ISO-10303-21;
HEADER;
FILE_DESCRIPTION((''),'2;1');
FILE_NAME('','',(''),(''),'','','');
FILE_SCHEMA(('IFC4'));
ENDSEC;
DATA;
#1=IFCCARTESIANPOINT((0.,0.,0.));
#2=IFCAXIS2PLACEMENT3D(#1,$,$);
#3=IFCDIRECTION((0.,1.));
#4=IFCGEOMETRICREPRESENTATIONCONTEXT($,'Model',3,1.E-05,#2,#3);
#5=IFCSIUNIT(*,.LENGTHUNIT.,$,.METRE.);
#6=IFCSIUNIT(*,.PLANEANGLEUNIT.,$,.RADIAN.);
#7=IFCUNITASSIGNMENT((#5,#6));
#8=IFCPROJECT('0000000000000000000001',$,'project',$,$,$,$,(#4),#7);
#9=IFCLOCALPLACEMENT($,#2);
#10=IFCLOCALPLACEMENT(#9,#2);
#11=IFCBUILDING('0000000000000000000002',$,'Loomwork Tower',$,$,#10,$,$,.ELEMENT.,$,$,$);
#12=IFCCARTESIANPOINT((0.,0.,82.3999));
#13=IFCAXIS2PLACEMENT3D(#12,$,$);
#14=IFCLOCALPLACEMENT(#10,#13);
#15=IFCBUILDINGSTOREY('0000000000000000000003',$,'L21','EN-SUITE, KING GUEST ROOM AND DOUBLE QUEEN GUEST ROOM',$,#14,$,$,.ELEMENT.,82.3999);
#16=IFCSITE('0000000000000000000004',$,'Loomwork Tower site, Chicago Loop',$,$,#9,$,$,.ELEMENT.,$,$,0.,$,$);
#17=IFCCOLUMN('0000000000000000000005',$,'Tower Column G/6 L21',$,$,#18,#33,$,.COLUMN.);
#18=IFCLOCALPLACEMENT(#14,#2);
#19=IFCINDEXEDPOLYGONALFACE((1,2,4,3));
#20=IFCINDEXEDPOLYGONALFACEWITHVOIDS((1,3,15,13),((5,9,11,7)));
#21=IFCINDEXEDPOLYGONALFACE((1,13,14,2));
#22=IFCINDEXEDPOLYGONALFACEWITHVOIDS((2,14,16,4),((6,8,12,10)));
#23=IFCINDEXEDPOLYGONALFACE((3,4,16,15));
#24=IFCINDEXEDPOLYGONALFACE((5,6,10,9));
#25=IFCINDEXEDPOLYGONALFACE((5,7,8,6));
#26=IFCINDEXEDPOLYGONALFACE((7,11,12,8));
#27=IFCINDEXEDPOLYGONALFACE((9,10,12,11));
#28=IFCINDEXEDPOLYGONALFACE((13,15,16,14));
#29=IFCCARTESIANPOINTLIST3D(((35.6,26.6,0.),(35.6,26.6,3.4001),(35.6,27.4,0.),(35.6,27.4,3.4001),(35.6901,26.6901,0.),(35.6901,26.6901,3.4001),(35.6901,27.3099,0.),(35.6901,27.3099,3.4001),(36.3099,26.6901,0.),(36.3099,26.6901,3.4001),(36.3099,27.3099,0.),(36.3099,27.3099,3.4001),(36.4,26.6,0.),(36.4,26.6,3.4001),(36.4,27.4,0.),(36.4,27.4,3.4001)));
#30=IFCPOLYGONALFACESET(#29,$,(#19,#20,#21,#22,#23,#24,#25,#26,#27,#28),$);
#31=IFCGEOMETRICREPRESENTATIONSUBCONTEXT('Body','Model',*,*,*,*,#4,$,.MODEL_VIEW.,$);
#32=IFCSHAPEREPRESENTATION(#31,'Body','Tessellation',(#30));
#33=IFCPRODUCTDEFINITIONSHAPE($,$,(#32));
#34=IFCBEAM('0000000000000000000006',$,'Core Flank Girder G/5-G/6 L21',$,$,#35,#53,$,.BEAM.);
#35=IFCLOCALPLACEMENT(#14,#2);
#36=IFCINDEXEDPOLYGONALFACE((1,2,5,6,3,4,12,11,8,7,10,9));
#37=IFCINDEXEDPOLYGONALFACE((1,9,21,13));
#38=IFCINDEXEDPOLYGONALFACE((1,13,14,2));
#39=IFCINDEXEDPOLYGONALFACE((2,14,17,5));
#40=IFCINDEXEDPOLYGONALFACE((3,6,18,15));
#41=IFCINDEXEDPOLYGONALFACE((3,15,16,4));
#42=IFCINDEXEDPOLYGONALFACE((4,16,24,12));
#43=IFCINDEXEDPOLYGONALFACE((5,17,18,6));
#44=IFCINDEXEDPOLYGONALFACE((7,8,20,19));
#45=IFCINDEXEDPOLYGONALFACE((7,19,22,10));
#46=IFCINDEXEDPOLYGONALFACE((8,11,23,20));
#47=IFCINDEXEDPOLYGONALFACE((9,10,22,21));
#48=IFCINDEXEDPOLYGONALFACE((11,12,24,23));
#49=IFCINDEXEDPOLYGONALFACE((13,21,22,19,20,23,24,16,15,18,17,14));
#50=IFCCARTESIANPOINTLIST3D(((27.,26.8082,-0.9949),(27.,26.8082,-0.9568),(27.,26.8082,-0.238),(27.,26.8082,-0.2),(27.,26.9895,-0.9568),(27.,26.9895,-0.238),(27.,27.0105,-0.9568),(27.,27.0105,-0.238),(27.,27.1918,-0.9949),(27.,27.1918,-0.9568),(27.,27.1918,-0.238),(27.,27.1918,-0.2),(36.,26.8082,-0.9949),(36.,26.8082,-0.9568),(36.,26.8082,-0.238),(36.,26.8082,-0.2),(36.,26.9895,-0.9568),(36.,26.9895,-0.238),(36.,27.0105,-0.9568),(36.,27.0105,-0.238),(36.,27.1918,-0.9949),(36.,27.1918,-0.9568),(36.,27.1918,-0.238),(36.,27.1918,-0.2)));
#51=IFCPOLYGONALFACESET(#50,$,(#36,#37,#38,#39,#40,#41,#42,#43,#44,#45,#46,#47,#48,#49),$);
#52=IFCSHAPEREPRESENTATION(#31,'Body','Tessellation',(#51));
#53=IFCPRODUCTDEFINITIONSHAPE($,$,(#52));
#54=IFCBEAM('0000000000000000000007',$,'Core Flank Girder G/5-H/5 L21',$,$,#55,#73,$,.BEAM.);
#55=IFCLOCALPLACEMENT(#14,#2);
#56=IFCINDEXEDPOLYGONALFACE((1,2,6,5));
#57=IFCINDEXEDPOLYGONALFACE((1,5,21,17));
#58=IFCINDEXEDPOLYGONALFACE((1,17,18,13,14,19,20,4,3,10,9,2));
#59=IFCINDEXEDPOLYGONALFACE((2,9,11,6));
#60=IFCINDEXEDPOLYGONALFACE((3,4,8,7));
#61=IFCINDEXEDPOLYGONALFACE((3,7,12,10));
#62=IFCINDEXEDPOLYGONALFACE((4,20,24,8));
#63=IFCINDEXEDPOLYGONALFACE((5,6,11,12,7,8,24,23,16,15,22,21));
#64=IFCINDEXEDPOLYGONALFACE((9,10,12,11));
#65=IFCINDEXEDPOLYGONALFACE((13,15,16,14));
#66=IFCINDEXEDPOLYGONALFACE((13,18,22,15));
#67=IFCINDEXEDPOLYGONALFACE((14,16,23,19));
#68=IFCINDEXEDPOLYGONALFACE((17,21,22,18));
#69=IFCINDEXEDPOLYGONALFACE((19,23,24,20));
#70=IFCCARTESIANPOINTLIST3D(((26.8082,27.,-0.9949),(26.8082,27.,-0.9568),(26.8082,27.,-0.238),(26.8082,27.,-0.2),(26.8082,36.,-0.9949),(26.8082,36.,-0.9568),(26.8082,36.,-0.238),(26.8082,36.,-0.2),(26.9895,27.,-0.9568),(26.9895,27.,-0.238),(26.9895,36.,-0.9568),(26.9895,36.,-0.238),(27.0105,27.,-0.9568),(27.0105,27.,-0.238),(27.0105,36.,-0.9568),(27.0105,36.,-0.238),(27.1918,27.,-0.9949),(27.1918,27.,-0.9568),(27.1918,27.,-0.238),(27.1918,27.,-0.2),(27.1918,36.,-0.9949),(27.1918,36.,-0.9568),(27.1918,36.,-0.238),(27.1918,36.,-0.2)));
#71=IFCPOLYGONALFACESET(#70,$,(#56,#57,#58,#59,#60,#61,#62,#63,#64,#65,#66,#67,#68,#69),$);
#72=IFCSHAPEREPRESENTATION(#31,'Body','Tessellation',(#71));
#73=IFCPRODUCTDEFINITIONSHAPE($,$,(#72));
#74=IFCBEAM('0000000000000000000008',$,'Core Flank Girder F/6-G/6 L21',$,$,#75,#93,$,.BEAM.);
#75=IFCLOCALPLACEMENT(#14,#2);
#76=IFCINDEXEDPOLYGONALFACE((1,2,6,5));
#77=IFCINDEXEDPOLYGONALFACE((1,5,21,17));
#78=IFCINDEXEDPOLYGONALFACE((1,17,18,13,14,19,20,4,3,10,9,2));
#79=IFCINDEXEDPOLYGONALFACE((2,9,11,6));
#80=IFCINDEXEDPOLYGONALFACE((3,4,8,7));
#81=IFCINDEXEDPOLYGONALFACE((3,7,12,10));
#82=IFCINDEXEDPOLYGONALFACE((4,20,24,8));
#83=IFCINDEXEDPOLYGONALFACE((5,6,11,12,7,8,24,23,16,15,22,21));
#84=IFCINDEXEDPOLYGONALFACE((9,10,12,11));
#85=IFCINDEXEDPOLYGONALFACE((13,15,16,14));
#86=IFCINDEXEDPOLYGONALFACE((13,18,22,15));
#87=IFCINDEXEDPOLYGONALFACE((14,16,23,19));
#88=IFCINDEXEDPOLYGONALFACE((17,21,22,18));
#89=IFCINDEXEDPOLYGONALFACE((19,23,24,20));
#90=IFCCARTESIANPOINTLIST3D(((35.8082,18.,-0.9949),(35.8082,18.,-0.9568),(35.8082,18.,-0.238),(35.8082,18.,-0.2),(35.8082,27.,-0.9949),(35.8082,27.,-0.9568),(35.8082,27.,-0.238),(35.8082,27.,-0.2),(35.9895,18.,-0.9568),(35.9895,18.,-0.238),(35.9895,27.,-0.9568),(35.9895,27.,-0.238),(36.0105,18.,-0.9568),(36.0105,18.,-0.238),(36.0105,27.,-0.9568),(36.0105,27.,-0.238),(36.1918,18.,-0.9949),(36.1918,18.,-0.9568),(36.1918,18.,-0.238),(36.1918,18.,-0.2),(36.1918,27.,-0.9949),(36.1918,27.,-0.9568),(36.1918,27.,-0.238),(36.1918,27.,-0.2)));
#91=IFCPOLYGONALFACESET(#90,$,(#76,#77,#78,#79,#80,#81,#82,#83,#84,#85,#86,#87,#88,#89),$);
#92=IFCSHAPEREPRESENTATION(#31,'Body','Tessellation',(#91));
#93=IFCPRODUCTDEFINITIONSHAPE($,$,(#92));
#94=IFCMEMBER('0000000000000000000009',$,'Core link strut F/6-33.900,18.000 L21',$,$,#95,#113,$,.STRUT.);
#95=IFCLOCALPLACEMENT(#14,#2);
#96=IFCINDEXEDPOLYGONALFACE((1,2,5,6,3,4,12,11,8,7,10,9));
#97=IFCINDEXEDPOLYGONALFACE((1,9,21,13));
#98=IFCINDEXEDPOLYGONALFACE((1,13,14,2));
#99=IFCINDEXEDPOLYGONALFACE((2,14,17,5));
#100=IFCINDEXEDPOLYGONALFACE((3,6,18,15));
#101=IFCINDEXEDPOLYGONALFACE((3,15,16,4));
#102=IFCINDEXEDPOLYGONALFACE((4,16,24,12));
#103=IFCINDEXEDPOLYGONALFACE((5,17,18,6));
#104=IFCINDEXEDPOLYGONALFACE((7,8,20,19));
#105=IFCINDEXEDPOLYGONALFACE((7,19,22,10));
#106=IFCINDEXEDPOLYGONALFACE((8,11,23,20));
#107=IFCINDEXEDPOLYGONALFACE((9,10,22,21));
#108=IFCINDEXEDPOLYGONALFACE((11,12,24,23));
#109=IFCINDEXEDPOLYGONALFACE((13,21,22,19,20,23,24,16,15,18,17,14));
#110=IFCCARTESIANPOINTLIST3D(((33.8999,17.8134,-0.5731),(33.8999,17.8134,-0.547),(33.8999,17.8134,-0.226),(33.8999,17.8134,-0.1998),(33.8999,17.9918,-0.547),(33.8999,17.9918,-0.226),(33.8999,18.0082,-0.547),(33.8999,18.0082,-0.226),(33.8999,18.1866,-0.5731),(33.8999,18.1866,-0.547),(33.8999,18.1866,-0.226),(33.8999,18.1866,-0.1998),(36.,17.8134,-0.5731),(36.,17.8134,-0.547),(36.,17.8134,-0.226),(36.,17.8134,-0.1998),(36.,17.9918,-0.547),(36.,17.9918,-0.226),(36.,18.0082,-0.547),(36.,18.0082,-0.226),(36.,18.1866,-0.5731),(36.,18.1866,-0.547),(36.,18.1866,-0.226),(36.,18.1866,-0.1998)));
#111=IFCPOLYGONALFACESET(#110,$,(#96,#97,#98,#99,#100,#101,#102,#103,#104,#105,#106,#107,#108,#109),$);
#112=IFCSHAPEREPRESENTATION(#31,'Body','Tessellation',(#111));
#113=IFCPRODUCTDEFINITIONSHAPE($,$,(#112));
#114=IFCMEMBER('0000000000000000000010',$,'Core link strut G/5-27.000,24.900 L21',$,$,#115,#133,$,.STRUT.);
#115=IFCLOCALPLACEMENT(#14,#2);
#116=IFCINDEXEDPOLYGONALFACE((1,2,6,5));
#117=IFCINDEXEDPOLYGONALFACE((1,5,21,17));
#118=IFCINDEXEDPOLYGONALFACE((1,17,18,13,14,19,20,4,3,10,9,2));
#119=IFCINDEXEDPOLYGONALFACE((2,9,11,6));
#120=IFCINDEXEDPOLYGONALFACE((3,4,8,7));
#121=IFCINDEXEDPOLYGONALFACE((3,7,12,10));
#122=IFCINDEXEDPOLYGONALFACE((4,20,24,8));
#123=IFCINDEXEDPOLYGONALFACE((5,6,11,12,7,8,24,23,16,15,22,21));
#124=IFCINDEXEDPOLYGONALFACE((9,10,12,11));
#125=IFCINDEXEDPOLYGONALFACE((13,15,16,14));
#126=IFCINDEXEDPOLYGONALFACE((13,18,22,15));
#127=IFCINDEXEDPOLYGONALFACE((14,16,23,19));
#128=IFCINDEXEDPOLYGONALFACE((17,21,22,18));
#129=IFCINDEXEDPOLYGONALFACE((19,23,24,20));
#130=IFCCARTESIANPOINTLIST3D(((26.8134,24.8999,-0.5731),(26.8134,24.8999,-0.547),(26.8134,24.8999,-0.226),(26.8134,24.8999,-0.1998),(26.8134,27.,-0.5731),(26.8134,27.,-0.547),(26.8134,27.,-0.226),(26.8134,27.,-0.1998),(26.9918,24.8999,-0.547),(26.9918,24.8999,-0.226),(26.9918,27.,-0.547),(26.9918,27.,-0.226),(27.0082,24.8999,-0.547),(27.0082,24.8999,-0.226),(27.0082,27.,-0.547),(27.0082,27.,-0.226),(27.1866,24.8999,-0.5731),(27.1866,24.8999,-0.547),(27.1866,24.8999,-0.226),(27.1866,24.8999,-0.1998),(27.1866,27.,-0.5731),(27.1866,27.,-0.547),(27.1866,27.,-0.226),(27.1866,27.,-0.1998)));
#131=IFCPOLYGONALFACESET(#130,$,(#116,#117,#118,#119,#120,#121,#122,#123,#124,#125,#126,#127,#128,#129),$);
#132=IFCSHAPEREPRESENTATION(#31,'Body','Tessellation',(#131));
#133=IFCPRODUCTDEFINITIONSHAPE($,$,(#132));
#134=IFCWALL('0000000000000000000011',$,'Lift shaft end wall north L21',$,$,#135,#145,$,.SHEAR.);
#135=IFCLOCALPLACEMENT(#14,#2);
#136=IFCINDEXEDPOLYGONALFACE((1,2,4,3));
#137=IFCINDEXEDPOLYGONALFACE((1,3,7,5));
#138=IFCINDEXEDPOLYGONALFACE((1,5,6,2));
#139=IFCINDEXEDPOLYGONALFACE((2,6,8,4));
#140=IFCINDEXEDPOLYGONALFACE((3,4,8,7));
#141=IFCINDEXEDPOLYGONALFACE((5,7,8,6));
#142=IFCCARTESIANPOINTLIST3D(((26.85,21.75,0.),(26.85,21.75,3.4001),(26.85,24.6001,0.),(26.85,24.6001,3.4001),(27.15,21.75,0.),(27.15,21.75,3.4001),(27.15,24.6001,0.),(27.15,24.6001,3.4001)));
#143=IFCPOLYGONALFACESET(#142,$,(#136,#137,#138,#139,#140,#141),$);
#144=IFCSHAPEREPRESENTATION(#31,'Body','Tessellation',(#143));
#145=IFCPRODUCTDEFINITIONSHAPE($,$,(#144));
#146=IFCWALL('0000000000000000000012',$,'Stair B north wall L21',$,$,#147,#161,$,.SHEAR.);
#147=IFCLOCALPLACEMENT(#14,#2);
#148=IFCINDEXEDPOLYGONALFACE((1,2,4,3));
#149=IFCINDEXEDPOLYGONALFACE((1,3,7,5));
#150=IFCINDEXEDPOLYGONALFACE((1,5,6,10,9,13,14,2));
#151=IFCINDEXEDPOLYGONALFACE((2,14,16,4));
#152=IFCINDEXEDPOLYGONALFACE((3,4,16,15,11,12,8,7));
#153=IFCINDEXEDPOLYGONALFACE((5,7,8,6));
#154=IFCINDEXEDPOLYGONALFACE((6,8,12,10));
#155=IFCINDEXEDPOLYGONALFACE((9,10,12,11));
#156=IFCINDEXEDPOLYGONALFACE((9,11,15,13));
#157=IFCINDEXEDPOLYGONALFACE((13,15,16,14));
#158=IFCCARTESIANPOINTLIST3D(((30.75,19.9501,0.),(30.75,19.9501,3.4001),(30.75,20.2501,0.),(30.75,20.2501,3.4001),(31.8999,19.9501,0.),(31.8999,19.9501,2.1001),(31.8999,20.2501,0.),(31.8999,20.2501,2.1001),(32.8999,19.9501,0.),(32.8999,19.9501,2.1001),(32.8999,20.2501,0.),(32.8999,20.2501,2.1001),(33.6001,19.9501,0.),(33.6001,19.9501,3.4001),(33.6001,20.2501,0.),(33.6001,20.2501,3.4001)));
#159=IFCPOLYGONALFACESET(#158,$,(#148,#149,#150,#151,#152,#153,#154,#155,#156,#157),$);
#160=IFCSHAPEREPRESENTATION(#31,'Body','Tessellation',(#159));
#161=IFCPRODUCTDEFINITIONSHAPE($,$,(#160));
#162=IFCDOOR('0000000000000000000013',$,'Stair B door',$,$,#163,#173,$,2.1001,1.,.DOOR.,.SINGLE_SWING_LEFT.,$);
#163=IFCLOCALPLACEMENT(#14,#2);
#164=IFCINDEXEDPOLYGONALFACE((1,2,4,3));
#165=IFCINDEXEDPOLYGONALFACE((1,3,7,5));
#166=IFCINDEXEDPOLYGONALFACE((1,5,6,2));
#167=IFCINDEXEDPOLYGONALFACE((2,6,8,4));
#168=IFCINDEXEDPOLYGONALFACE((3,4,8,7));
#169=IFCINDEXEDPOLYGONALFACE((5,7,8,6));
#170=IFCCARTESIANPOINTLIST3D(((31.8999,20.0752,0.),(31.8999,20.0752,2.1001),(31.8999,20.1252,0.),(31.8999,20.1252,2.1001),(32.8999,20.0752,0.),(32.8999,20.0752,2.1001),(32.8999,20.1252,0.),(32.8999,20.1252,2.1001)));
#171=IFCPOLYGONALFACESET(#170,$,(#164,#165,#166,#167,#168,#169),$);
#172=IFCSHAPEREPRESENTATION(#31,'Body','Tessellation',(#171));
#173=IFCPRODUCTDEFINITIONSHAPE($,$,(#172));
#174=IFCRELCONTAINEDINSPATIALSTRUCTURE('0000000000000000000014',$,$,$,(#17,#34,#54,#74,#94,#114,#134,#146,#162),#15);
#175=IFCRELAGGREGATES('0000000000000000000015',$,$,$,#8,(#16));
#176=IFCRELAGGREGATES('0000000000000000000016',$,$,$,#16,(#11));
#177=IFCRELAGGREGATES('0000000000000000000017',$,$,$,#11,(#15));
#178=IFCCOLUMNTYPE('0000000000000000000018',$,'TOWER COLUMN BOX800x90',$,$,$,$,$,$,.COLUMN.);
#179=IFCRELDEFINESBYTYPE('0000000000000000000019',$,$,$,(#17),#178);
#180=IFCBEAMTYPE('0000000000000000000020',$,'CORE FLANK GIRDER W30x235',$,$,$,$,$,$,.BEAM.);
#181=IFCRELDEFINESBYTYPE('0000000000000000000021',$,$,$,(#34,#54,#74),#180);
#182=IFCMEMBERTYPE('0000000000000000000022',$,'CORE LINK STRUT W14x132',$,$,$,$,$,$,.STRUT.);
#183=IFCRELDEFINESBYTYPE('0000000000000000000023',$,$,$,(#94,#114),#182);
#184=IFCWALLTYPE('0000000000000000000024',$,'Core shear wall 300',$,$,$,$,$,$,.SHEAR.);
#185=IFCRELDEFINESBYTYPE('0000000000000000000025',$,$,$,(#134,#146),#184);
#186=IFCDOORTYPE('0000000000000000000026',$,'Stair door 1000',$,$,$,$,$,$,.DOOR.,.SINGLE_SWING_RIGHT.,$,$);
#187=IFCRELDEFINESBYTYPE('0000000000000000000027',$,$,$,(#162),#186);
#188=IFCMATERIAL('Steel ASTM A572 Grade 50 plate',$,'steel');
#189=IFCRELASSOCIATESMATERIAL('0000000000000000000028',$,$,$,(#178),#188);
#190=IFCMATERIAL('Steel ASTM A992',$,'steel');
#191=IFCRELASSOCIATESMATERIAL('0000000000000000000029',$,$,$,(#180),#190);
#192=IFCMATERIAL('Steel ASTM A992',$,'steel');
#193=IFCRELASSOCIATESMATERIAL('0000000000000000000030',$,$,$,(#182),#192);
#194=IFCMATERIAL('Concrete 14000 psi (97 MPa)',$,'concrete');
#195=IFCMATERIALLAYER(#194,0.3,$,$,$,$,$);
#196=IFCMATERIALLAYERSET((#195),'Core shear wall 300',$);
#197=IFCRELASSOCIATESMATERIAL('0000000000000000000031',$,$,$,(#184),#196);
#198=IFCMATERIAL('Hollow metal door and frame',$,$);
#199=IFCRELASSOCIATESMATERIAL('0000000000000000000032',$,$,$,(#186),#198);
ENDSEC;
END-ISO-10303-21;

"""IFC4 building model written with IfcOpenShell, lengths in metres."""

from ifc_helpers import new_model, si_unit, direction, frame, frame_2d, origin, origin_2d, place, context, subcontext, project, spatial, rectangle, hollow_rectangle, i_section, extrude, material, layer, layer_set, material_profile, profile_set, type_object, element, fill, save


model = new_model("IFC4")

# Units and contexts
model_context = context("Model", 3, precision=1e-05, world=origin(), true_north=direction((0.0, 1.0)))
body_context = subcontext(model_context, "Body", "Model", "MODEL_VIEW")
ifc_project = project(units=[si_unit("LENGTHUNIT", "METRE"), si_unit("PLANEANGLEUNIT", "RADIAN")], contexts=[model_context])

# Site, building, storey
site_placement = place(None, origin())
site = spatial("IfcSite", under=ifc_project, at=site_placement, Name="Loomwork Tower site, Chicago Loop", CompositionType="ELEMENT", RefElevation=0.0)
building_placement = place(site_placement, origin())
building = spatial("IfcBuilding", under=site, at=building_placement, Name="Loomwork Tower", CompositionType="ELEMENT")
storey_placement = place(building_placement, frame((0.0, 0.0, 82.3999)))
storey = spatial("IfcBuildingStorey", under=building, at=storey_placement, Name="L21", Description="EN-SUITE, KING GUEST ROOM AND DOUBLE QUEEN GUEST ROOM", CompositionType="ELEMENT", Elevation=82.3999)

# Column
ifc_material_1 = material(Name="Steel ASTM A572 Grade 50 plate", Category="steel")
ifc_material_profile_1 = material_profile(ifc_material_1, hollow_rectangle(XDim=0.8, YDim=0.8, WallThickness=0.0901, at=origin_2d()), Name="BOX800x90")
ifc_profile_set_1 = profile_set([ifc_material_profile_1], Name="Steel ASTM A572 Grade 50 plate")
column_type = type_object("IfcColumnType", Name="TOWER COLUMN BOX800x90", PredefinedType="COLUMN", material=ifc_profile_set_1)
column_placement = place(storey_placement, frame((36.0, 27.0, 0.0), z_axis=(0.0, 0.0, 1.0), x_axis=(1.0, 0.0, 0.0)))
element("IfcColumn", 1, at=column_placement, inside=storey, type_object=column_type, Name="Tower Column G/6 L21", PredefinedType="COLUMN", context=body_context, shape_type="SweptSolid", body=[
    extrude(hollow_rectangle(XDim=0.8, YDim=0.8, WallThickness=0.0901, at=origin_2d()), origin(), (0.0, 0.0, 1.0), 3.4001),
])

# Beams
ifc_material_2 = material(Name="Steel ASTM A992", Category="steel")
ifc_material_profile_2 = material_profile(ifc_material_2, i_section(OverallWidth=0.3835, OverallDepth=0.7949, WebThickness=0.021, FlangeThickness=0.0381, at=origin_2d()), Name="W30x235")
ifc_profile_set_2 = profile_set([ifc_material_profile_2], Name="Steel ASTM A992")
beam_type = type_object("IfcBeamType", Name="CORE FLANK GIRDER W30x235", PredefinedType="BEAM", material=ifc_profile_set_2)
for number, where, z_axis, x_axis, name in (
    (2, (27.0, 27.0, -0.5974), (1.0, 0.0, 0.0), (0.0, 1.0, 0.0), "Core Flank Girder G/5-G/6 L21"),
    (3, (27.0, 27.0, -0.5974), (0.0, 1.0, 0.0), (-1.0, 0.0, 0.0), "Core Flank Girder G/5-H/5 L21"),
    (4, (36.0, 18.0, -0.5974), (0.0, 1.0, 0.0), (-1.0, 0.0, 0.0), "Core Flank Girder F/6-G/6 L21"),
):
    element("IfcBeam", number, at=place(storey_placement, frame(where, z_axis=z_axis, x_axis=x_axis)), inside=storey, type_object=beam_type, Name=name, PredefinedType="BEAM", context=body_context, shape_type="SweptSolid", body=[
        extrude(i_section(OverallWidth=0.3835, OverallDepth=0.7949, WebThickness=0.021, FlangeThickness=0.0381, at=origin_2d()), origin(), (0.0, 0.0, 1.0), 9.0),
    ])

# Members
ifc_material_3 = material(Name="Steel ASTM A992", Category="steel")
ifc_material_profile_3 = material_profile(ifc_material_3, i_section(OverallWidth=0.3733, OverallDepth=0.3733, WebThickness=0.0164, FlangeThickness=0.0261, at=origin_2d()), Name="W14x132")
ifc_profile_set_3 = profile_set([ifc_material_profile_3], Name="Steel ASTM A992")
member_type = type_object("IfcMemberType", Name="CORE LINK STRUT W14x132", PredefinedType="STRUT", material=ifc_profile_set_3)
for number, where, z_axis, x_axis, name in (
    (5, (36.0, 18.0, -0.3865), (-1.0, 0.0, 0.0), (0.0, -1.0, 0.0), "Core link strut F/6-33.900,18.000 L21"),
    (6, (27.0, 27.0, -0.3865), (0.0, -1.0, 0.0), (1.0, 0.0, 0.0), "Core link strut G/5-27.000,24.900 L21"),
):
    element("IfcMember", number, at=place(storey_placement, frame(where, z_axis=z_axis, x_axis=x_axis)), inside=storey, type_object=member_type, Name=name, PredefinedType="STRUT", context=body_context, shape_type="SweptSolid", body=[
        extrude(i_section(OverallWidth=0.3733, OverallDepth=0.3733, WebThickness=0.0164, FlangeThickness=0.0261, at=origin_2d()), origin(), (0.0, 0.0, 1.0), 2.1001),
    ])

# Wall
ifc_material_4 = material(Name="Concrete 14000 psi (97 MPa)", Category="concrete")
ifc_layer_1 = layer(ifc_material_4, 0.3)
ifc_layer_set_1 = layer_set([ifc_layer_1], Name="Core shear wall 300")
wall_type_1 = type_object("IfcWallType", Name="Core shear wall 300", PredefinedType="SHEAR", material=ifc_layer_set_1)
wall_1_placement = place(storey_placement, frame((27.0, 21.75, 0.0), z_axis=(0.0, 0.0, 1.0), x_axis=(0.0, 1.0, 0.0)))
element("IfcWall", 7, at=wall_1_placement, inside=storey, type_object=wall_type_1, Name="Lift shaft end wall north L21", PredefinedType="SHEAR", context=body_context, shape_type="SweptSolid", body=[
    extrude(rectangle(XDim=2.8501, YDim=0.3, at=frame_2d((1.425, 0.0))), origin(), (0.0, 0.0, 1.0), 3.4001),
])

# Wall, opening, door
wall_2_placement = place(storey_placement, frame((30.75, 20.1001, 0.0), z_axis=(0.0, 0.0, 1.0), x_axis=(1.0, 0.0, 0.0)))
wall_2 = element("IfcWall", 8, at=wall_2_placement, inside=storey, type_object=wall_type_1, Name="Stair B north wall L21", PredefinedType="SHEAR", context=body_context, shape_type="SweptSolid", body=[
    extrude(rectangle(XDim=2.8501, YDim=0.3, at=frame_2d((1.425, 0.0))), origin(), (0.0, 0.0, 1.0), 3.4001),
])
opening_1_placement = place(wall_2_placement, frame((1.1499, 0.0, 0.0)))
opening_1 = element("IfcOpeningElement", 9, at=opening_1_placement, cuts=wall_2, PredefinedType="OPENING", context=body_context, shape_type="SweptSolid", body=[
    extrude(rectangle(XDim=1.0, YDim=2.1001, at=frame_2d((0.5, 1.05))), frame((0.0, 0.1599, 0.0), z_axis=(0.0, -1.0, 0.0), x_axis=(1.0, 0.0, 0.0)), (0.0, 0.0, 1.0), 0.3201),
])
ifc_material_5 = material(Name="Hollow metal door and frame")
door_type_1 = type_object("IfcDoorType", Name="Stair door 1000", OperationType="SINGLE_SWING_RIGHT", PredefinedType="DOOR", material=ifc_material_5)
door_1_placement = place(opening_1_placement, frame((1.0, 0.0, 0.0), z_axis=(0.0, 0.0, 1.0), x_axis=(-1.0, 0.0, 0.0)))
door_1 = element("IfcDoor", 10, at=door_1_placement, inside=storey, type_object=door_type_1, Name="Stair B door", OperationType="SINGLE_SWING_LEFT", OverallHeight=2.1001, OverallWidth=1.0, PredefinedType="DOOR", context=body_context, shape_type="SweptSolid", body=[
    extrude(rectangle(XDim=1.0, YDim=2.1001, at=frame_2d((0.5, 1.05))), frame((0.0, 0.0249, 0.0), z_axis=(0.0, -1.0, 0.0), x_axis=(1.0, 0.0, 0.0)), (0.0, 0.0, 1.0), 0.05),
])
fill(opening_1, door_1)

save(model, "model.ifc")
